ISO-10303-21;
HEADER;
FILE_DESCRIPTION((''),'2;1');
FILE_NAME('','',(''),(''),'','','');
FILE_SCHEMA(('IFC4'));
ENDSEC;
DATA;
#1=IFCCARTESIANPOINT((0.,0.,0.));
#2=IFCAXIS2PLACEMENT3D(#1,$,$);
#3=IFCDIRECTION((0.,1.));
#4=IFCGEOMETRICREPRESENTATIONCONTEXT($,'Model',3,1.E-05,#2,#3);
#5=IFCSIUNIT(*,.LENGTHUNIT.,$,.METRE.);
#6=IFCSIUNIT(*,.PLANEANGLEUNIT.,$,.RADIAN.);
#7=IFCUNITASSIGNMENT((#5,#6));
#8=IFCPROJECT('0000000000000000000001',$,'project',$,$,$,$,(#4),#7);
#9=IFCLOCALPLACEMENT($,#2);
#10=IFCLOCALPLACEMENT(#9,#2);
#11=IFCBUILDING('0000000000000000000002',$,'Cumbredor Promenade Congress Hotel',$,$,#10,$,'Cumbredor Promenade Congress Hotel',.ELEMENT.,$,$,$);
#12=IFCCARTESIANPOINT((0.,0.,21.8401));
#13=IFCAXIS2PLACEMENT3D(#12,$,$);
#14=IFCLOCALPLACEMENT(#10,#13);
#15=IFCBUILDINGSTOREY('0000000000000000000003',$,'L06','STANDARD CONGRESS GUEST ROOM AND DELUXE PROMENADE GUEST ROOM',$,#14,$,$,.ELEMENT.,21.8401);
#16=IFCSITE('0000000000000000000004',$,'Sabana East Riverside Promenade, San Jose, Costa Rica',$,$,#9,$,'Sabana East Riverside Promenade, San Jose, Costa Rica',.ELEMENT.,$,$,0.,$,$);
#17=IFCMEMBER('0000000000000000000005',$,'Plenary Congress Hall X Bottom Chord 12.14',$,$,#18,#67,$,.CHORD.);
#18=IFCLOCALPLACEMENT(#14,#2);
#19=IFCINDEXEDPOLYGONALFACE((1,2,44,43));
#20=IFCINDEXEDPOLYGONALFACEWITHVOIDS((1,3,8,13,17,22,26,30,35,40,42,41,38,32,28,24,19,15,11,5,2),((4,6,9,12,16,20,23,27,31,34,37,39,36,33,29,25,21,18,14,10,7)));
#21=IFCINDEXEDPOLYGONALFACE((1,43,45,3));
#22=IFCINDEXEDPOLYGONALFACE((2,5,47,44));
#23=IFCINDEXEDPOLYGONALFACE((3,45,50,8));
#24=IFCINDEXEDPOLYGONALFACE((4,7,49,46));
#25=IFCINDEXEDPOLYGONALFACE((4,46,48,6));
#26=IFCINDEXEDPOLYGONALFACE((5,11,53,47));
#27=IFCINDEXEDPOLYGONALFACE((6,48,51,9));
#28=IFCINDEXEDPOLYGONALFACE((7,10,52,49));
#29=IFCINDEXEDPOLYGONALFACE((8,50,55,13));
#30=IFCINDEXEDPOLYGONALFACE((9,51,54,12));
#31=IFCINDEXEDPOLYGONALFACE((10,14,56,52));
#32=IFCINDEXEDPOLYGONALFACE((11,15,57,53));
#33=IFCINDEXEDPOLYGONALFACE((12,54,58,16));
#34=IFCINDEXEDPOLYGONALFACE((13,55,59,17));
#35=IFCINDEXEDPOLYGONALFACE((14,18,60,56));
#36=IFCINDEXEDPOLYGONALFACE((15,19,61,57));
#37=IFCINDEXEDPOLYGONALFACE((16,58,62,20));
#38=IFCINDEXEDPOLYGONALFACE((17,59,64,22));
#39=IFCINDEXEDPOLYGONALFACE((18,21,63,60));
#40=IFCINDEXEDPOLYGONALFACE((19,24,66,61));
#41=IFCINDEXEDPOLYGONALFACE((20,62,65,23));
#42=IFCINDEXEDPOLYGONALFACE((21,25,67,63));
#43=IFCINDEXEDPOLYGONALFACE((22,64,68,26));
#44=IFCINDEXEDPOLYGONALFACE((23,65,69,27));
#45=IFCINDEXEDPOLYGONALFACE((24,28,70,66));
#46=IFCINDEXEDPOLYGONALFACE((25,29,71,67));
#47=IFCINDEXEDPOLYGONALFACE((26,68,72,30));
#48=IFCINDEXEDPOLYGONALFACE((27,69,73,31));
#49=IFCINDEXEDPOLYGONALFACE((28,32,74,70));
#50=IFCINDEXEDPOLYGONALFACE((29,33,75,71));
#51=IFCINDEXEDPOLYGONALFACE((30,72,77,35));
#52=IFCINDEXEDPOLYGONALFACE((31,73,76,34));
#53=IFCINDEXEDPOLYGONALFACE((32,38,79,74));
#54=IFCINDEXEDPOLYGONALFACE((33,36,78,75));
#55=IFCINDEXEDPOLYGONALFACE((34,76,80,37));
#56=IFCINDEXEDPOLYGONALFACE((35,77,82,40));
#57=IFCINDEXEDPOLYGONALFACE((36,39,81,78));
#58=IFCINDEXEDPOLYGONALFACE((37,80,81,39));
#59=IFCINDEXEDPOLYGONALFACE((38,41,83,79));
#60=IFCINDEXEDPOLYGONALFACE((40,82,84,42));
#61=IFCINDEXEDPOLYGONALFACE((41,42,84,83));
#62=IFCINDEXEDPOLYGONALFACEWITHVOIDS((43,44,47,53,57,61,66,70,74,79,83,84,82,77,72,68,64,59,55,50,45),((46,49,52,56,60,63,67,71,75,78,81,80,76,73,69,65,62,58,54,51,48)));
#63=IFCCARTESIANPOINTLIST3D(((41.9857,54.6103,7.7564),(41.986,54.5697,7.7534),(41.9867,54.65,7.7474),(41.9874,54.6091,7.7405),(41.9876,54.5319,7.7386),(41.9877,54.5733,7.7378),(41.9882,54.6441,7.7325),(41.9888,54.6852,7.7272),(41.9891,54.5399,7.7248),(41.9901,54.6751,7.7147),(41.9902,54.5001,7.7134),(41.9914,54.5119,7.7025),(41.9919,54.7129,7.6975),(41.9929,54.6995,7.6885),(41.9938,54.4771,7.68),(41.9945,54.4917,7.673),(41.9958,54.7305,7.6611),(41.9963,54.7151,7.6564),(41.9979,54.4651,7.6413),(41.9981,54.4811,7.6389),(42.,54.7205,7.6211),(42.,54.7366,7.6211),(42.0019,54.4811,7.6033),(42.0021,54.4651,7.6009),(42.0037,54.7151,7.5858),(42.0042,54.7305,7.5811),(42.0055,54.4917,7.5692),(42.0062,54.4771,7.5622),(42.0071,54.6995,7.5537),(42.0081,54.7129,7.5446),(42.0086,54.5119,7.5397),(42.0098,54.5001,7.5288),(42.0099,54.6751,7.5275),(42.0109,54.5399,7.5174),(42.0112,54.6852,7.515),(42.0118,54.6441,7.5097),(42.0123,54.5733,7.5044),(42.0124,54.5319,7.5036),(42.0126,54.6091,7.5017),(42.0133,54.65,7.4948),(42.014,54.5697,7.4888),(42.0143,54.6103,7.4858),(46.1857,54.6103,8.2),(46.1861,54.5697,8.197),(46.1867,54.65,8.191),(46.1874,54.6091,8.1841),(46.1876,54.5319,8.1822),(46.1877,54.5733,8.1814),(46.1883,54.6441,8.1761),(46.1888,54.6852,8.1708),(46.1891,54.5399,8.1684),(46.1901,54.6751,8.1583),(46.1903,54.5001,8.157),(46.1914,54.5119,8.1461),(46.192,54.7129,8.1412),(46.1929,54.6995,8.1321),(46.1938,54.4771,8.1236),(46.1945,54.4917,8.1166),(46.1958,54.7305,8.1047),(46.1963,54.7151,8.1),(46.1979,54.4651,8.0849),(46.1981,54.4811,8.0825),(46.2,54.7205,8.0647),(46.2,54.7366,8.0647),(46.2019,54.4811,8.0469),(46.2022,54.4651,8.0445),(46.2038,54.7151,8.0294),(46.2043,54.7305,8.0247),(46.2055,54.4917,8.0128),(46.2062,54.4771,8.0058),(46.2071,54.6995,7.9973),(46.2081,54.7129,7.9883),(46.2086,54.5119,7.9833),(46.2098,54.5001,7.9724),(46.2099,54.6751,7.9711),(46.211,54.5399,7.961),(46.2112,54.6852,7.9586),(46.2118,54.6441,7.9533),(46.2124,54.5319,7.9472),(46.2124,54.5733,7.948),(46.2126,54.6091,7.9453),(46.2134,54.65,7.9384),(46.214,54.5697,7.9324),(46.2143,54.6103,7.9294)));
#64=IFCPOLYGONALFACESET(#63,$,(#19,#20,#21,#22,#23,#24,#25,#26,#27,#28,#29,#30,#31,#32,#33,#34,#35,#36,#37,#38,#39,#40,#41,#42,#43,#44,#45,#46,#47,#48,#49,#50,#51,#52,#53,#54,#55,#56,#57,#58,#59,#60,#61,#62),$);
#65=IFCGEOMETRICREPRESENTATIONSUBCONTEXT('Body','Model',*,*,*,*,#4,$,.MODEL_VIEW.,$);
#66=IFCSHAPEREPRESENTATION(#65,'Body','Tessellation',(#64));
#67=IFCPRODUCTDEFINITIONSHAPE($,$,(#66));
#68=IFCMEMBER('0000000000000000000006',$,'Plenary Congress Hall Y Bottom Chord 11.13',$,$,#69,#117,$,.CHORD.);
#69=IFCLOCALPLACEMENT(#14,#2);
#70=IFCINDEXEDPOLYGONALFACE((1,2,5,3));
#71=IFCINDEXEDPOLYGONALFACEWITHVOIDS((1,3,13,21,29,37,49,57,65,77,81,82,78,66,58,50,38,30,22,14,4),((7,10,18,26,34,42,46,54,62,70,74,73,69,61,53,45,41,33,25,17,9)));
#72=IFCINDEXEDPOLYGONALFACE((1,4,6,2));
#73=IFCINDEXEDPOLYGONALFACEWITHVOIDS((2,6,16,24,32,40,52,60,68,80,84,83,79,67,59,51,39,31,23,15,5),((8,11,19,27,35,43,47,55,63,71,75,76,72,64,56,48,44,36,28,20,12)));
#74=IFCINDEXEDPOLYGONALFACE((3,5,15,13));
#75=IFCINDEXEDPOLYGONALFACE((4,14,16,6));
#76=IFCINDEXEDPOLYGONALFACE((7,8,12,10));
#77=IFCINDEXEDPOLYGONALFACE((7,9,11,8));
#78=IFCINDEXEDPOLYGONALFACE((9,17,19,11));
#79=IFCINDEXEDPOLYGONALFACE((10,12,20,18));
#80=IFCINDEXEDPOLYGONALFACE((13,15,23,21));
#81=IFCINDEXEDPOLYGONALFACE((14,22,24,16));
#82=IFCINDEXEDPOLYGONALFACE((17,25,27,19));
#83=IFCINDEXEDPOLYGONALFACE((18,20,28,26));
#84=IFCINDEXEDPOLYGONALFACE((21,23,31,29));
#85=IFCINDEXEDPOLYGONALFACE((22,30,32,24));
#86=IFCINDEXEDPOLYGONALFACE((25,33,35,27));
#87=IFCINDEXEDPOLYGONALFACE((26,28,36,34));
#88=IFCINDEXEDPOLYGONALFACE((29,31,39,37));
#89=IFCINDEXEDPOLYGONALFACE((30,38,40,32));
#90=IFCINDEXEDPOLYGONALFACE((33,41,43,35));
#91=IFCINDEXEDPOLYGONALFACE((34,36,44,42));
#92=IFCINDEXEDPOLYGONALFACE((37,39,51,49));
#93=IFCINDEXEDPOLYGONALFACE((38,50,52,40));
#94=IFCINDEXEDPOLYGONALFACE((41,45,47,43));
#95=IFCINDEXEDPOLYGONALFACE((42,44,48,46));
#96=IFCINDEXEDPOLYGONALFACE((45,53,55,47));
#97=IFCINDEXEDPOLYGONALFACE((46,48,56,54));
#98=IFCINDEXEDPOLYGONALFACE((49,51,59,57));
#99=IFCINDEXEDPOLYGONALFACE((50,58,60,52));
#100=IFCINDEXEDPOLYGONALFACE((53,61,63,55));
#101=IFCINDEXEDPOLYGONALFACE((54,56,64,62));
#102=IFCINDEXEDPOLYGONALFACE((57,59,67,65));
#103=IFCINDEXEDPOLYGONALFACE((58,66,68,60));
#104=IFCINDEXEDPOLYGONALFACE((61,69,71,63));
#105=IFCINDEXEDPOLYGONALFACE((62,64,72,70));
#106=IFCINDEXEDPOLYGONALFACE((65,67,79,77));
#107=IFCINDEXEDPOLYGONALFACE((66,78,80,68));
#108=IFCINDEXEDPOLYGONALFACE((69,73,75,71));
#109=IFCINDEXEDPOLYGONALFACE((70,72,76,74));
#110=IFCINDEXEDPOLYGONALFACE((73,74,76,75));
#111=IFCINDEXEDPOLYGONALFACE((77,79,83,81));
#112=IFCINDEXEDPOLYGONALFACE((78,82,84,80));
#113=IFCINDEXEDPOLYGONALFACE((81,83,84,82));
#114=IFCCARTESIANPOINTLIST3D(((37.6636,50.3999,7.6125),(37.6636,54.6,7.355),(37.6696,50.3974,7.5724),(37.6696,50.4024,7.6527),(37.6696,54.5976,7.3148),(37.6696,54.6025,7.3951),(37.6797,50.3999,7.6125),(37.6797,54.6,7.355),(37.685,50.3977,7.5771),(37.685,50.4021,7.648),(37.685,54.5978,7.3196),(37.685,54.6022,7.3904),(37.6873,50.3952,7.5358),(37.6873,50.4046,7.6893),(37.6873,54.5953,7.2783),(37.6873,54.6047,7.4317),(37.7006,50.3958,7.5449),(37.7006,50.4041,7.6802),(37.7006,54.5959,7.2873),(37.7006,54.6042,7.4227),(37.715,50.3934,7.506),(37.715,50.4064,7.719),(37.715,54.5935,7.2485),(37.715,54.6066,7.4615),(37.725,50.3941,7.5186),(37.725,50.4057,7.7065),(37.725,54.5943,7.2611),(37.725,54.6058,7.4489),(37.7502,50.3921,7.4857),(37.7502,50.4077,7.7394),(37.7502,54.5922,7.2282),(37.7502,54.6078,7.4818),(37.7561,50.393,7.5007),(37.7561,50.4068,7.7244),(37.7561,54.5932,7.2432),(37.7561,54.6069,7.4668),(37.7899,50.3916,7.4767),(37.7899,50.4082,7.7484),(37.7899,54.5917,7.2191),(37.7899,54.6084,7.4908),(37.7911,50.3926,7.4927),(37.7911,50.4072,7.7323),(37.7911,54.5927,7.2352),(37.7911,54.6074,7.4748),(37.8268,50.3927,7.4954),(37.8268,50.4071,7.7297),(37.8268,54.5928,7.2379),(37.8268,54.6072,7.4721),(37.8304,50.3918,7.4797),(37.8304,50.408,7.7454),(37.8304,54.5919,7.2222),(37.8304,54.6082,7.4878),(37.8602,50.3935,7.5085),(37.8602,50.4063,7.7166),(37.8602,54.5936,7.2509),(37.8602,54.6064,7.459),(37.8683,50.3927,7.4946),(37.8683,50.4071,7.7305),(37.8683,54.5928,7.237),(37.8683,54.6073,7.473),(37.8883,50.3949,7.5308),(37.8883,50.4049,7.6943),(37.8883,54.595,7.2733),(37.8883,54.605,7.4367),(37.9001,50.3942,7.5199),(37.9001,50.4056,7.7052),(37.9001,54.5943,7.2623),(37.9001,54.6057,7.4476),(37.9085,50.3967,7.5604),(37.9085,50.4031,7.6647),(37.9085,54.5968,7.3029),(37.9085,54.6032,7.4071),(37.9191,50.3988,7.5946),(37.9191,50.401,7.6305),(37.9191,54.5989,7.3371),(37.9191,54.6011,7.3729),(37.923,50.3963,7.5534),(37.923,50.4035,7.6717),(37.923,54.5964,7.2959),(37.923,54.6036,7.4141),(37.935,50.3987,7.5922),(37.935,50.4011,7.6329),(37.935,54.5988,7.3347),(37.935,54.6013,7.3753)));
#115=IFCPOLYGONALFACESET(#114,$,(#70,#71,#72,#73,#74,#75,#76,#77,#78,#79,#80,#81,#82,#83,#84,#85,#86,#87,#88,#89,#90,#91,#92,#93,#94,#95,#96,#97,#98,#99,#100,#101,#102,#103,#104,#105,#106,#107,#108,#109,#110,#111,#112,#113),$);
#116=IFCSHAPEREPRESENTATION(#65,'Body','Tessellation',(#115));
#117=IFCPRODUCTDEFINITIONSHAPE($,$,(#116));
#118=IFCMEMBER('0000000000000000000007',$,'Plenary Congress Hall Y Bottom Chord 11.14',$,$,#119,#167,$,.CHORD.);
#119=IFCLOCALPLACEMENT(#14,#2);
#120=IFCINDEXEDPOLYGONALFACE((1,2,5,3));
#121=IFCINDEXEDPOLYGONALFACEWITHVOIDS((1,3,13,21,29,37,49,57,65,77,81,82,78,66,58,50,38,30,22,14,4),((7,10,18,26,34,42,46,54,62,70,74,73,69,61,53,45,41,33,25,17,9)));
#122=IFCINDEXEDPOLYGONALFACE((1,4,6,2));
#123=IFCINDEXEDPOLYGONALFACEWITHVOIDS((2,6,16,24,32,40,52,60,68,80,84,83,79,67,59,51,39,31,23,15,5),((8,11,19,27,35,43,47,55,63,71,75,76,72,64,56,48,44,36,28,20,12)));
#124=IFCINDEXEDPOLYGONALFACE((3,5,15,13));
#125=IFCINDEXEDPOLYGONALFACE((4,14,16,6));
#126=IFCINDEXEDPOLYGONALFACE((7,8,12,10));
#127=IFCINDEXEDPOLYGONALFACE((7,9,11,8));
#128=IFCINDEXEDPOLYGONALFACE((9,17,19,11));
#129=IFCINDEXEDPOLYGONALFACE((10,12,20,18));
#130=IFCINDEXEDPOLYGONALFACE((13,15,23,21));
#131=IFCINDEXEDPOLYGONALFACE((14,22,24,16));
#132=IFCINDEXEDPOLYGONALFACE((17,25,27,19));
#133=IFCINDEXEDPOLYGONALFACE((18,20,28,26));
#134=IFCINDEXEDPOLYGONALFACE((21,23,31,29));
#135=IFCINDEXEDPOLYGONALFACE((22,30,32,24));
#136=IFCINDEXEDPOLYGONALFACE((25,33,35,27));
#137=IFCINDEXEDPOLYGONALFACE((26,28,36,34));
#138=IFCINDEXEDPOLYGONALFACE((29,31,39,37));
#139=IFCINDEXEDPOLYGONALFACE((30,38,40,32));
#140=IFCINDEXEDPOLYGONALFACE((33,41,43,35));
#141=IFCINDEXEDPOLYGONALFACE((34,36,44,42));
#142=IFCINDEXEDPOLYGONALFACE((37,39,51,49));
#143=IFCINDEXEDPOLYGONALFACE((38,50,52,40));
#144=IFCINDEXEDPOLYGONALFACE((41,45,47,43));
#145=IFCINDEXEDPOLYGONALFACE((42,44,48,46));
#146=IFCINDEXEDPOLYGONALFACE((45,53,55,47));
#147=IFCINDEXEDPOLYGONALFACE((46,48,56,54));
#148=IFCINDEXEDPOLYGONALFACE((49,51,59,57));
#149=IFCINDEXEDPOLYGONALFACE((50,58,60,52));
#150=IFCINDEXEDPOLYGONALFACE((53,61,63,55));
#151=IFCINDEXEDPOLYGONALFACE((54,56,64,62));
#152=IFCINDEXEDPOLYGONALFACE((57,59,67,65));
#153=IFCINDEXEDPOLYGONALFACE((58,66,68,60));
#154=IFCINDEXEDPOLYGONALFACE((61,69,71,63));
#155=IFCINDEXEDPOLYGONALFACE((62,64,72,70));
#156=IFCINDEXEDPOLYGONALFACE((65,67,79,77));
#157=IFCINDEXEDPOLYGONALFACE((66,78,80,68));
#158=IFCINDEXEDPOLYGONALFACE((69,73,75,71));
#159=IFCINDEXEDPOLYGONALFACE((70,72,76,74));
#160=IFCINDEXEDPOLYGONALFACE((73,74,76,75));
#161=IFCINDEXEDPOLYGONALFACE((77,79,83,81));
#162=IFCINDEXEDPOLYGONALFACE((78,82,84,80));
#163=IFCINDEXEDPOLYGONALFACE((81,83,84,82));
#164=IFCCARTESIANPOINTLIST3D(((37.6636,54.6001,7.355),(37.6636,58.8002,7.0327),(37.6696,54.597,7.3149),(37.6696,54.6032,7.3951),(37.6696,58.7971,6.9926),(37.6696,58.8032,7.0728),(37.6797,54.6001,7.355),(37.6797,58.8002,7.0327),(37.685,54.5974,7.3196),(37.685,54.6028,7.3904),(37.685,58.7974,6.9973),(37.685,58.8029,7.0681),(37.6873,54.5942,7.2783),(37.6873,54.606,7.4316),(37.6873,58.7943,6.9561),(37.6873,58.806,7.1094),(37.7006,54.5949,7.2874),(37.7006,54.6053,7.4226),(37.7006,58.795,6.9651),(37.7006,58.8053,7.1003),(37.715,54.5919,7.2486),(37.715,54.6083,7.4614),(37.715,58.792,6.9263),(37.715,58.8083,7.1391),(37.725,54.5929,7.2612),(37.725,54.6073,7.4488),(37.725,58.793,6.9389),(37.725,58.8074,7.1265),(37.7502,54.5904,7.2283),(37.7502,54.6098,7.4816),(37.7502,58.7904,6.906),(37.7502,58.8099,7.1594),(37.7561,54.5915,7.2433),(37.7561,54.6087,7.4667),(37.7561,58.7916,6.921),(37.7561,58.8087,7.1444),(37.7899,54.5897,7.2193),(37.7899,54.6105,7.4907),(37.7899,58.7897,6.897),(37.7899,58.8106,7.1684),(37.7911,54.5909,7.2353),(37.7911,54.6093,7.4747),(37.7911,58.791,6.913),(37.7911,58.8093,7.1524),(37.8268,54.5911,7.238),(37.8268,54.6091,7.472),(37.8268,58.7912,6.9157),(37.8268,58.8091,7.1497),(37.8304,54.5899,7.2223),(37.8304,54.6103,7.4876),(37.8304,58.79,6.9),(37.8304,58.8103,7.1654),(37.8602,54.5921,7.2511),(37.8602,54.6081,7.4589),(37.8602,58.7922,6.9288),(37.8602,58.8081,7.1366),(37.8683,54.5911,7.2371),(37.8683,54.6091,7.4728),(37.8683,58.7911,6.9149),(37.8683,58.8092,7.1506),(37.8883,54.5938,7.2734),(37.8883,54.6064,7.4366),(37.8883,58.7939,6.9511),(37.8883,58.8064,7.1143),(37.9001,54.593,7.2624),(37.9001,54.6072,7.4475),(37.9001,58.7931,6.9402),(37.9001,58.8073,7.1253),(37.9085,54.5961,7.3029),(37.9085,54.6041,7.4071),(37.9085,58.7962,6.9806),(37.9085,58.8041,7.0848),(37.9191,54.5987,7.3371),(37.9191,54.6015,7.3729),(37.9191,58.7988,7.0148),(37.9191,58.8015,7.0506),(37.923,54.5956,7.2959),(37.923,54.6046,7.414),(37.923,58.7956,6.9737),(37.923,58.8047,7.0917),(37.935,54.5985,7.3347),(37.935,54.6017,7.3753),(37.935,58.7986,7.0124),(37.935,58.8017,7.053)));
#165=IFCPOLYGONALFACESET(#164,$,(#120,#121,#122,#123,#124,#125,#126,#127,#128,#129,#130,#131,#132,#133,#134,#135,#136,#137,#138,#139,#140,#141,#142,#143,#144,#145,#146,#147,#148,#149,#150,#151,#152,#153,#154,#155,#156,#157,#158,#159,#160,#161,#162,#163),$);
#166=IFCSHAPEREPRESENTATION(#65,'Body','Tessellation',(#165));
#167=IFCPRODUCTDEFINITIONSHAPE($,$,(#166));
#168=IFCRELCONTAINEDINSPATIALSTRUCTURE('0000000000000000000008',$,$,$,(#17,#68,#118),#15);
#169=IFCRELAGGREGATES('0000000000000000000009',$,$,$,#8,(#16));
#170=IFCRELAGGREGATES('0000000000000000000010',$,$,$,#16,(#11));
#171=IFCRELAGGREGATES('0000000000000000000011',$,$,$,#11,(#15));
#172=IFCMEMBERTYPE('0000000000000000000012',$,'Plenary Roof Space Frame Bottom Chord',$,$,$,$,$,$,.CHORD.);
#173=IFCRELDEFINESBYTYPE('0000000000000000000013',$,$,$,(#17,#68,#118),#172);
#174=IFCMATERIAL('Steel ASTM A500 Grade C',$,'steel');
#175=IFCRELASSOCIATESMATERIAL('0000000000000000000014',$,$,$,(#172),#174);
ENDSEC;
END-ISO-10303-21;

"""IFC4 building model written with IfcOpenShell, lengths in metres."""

from ifc_helpers import new_model, si_unit, direction, frame, origin, origin_2d, place, context, subcontext, project, spatial, hollow_circle, extrude, material, material_profile, profile_set, type_object, element, save


model = new_model("IFC4")

# Units and contexts
model_context = context("Model", 3, precision=1e-05, world=origin(), true_north=direction((0.0, 1.0)))
body_context = subcontext(model_context, "Body", "Model", "MODEL_VIEW")
ifc_project = project(units=[si_unit("LENGTHUNIT", "METRE"), si_unit("PLANEANGLEUNIT", "RADIAN")], contexts=[model_context])

# Site, building, storey
site_placement = place(None, origin())
site = spatial("IfcSite", under=ifc_project, at=site_placement, Name="Sabana East Riverside Promenade, San Jose, Costa Rica", LongName="Sabana East Riverside Promenade, San Jose, Costa Rica", CompositionType="ELEMENT", RefElevation=0.0)
building_placement = place(site_placement, origin())
building = spatial("IfcBuilding", under=site, at=building_placement, Name="Cumbredor Promenade Congress Hotel", LongName="Cumbredor Promenade Congress Hotel", CompositionType="ELEMENT")
storey_placement = place(building_placement, frame((0.0, 0.0, 21.8401)))
storey = spatial("IfcBuildingStorey", under=building, at=storey_placement, Name="L06", Description="STANDARD CONGRESS GUEST ROOM AND DELUXE PROMENADE GUEST ROOM", CompositionType="ELEMENT", Elevation=21.8401)

# Members
ifc_material_1 = material(Name="Steel ASTM A500 Grade C", Category="steel")
ifc_material_profile_1 = material_profile(ifc_material_1, hollow_circle(Radius=0.1365, WallThickness=0.0161, at=origin_2d()), Name="CHS 273.0x16")
ifc_profile_set_1 = profile_set([ifc_material_profile_1], Name="Steel ASTM A500 Grade C")
member_type_1 = type_object("IfcMemberType", Name="Plenary Roof Space Frame Bottom Chord", PredefinedType="CHORD", material=ifc_profile_set_1)
member_1_placement = place(storey_placement, frame((42.0, 54.6001, 7.6211), z_axis=(0.994468, 0.0, 0.105037), x_axis=(0.0, 1.0, 0.0)))
element("IfcMember", 1, at=member_1_placement, inside=storey, type_object=member_type_1, Name="Plenary Congress Hall X Bottom Chord 12.14", PredefinedType="CHORD", context=body_context, shape_type="SweptSolid", body=[
    extrude(hollow_circle(Radius=0.1365, WallThickness=0.0161, at=origin_2d()), origin(), (0.0, 0.0, 1.0), 4.2234),
])
member_2_placement = place(storey_placement, frame((37.8, 50.3999, 7.6125), z_axis=(0.0, 0.998125, -0.061208), x_axis=(-1.0, 0.0, 0.0)))
element("IfcMember", 2, at=member_2_placement, inside=storey, type_object=member_type_1, Name="Plenary Congress Hall Y Bottom Chord 11.13", PredefinedType="CHORD", context=body_context, shape_type="SweptSolid", body=[
    extrude(hollow_circle(Radius=0.1365, WallThickness=0.0161, at=origin_2d()), origin(), (0.0, 0.0, 1.0), 4.208),
])
member_3_placement = place(storey_placement, frame((37.8, 54.6001, 7.355), z_axis=(0.0, 0.997069, -0.076506), x_axis=(-1.0, 0.0, 0.0)))
element("IfcMember", 3, at=member_3_placement, inside=storey, type_object=member_type_1, Name="Plenary Congress Hall Y Bottom Chord 11.14", PredefinedType="CHORD", context=body_context, shape_type="SweptSolid", body=[
    extrude(hollow_circle(Radius=0.1365, WallThickness=0.0161, at=origin_2d()), origin(), (0.0, 0.0, 1.0), 4.2124),
])

save(model, "model.ifc")
